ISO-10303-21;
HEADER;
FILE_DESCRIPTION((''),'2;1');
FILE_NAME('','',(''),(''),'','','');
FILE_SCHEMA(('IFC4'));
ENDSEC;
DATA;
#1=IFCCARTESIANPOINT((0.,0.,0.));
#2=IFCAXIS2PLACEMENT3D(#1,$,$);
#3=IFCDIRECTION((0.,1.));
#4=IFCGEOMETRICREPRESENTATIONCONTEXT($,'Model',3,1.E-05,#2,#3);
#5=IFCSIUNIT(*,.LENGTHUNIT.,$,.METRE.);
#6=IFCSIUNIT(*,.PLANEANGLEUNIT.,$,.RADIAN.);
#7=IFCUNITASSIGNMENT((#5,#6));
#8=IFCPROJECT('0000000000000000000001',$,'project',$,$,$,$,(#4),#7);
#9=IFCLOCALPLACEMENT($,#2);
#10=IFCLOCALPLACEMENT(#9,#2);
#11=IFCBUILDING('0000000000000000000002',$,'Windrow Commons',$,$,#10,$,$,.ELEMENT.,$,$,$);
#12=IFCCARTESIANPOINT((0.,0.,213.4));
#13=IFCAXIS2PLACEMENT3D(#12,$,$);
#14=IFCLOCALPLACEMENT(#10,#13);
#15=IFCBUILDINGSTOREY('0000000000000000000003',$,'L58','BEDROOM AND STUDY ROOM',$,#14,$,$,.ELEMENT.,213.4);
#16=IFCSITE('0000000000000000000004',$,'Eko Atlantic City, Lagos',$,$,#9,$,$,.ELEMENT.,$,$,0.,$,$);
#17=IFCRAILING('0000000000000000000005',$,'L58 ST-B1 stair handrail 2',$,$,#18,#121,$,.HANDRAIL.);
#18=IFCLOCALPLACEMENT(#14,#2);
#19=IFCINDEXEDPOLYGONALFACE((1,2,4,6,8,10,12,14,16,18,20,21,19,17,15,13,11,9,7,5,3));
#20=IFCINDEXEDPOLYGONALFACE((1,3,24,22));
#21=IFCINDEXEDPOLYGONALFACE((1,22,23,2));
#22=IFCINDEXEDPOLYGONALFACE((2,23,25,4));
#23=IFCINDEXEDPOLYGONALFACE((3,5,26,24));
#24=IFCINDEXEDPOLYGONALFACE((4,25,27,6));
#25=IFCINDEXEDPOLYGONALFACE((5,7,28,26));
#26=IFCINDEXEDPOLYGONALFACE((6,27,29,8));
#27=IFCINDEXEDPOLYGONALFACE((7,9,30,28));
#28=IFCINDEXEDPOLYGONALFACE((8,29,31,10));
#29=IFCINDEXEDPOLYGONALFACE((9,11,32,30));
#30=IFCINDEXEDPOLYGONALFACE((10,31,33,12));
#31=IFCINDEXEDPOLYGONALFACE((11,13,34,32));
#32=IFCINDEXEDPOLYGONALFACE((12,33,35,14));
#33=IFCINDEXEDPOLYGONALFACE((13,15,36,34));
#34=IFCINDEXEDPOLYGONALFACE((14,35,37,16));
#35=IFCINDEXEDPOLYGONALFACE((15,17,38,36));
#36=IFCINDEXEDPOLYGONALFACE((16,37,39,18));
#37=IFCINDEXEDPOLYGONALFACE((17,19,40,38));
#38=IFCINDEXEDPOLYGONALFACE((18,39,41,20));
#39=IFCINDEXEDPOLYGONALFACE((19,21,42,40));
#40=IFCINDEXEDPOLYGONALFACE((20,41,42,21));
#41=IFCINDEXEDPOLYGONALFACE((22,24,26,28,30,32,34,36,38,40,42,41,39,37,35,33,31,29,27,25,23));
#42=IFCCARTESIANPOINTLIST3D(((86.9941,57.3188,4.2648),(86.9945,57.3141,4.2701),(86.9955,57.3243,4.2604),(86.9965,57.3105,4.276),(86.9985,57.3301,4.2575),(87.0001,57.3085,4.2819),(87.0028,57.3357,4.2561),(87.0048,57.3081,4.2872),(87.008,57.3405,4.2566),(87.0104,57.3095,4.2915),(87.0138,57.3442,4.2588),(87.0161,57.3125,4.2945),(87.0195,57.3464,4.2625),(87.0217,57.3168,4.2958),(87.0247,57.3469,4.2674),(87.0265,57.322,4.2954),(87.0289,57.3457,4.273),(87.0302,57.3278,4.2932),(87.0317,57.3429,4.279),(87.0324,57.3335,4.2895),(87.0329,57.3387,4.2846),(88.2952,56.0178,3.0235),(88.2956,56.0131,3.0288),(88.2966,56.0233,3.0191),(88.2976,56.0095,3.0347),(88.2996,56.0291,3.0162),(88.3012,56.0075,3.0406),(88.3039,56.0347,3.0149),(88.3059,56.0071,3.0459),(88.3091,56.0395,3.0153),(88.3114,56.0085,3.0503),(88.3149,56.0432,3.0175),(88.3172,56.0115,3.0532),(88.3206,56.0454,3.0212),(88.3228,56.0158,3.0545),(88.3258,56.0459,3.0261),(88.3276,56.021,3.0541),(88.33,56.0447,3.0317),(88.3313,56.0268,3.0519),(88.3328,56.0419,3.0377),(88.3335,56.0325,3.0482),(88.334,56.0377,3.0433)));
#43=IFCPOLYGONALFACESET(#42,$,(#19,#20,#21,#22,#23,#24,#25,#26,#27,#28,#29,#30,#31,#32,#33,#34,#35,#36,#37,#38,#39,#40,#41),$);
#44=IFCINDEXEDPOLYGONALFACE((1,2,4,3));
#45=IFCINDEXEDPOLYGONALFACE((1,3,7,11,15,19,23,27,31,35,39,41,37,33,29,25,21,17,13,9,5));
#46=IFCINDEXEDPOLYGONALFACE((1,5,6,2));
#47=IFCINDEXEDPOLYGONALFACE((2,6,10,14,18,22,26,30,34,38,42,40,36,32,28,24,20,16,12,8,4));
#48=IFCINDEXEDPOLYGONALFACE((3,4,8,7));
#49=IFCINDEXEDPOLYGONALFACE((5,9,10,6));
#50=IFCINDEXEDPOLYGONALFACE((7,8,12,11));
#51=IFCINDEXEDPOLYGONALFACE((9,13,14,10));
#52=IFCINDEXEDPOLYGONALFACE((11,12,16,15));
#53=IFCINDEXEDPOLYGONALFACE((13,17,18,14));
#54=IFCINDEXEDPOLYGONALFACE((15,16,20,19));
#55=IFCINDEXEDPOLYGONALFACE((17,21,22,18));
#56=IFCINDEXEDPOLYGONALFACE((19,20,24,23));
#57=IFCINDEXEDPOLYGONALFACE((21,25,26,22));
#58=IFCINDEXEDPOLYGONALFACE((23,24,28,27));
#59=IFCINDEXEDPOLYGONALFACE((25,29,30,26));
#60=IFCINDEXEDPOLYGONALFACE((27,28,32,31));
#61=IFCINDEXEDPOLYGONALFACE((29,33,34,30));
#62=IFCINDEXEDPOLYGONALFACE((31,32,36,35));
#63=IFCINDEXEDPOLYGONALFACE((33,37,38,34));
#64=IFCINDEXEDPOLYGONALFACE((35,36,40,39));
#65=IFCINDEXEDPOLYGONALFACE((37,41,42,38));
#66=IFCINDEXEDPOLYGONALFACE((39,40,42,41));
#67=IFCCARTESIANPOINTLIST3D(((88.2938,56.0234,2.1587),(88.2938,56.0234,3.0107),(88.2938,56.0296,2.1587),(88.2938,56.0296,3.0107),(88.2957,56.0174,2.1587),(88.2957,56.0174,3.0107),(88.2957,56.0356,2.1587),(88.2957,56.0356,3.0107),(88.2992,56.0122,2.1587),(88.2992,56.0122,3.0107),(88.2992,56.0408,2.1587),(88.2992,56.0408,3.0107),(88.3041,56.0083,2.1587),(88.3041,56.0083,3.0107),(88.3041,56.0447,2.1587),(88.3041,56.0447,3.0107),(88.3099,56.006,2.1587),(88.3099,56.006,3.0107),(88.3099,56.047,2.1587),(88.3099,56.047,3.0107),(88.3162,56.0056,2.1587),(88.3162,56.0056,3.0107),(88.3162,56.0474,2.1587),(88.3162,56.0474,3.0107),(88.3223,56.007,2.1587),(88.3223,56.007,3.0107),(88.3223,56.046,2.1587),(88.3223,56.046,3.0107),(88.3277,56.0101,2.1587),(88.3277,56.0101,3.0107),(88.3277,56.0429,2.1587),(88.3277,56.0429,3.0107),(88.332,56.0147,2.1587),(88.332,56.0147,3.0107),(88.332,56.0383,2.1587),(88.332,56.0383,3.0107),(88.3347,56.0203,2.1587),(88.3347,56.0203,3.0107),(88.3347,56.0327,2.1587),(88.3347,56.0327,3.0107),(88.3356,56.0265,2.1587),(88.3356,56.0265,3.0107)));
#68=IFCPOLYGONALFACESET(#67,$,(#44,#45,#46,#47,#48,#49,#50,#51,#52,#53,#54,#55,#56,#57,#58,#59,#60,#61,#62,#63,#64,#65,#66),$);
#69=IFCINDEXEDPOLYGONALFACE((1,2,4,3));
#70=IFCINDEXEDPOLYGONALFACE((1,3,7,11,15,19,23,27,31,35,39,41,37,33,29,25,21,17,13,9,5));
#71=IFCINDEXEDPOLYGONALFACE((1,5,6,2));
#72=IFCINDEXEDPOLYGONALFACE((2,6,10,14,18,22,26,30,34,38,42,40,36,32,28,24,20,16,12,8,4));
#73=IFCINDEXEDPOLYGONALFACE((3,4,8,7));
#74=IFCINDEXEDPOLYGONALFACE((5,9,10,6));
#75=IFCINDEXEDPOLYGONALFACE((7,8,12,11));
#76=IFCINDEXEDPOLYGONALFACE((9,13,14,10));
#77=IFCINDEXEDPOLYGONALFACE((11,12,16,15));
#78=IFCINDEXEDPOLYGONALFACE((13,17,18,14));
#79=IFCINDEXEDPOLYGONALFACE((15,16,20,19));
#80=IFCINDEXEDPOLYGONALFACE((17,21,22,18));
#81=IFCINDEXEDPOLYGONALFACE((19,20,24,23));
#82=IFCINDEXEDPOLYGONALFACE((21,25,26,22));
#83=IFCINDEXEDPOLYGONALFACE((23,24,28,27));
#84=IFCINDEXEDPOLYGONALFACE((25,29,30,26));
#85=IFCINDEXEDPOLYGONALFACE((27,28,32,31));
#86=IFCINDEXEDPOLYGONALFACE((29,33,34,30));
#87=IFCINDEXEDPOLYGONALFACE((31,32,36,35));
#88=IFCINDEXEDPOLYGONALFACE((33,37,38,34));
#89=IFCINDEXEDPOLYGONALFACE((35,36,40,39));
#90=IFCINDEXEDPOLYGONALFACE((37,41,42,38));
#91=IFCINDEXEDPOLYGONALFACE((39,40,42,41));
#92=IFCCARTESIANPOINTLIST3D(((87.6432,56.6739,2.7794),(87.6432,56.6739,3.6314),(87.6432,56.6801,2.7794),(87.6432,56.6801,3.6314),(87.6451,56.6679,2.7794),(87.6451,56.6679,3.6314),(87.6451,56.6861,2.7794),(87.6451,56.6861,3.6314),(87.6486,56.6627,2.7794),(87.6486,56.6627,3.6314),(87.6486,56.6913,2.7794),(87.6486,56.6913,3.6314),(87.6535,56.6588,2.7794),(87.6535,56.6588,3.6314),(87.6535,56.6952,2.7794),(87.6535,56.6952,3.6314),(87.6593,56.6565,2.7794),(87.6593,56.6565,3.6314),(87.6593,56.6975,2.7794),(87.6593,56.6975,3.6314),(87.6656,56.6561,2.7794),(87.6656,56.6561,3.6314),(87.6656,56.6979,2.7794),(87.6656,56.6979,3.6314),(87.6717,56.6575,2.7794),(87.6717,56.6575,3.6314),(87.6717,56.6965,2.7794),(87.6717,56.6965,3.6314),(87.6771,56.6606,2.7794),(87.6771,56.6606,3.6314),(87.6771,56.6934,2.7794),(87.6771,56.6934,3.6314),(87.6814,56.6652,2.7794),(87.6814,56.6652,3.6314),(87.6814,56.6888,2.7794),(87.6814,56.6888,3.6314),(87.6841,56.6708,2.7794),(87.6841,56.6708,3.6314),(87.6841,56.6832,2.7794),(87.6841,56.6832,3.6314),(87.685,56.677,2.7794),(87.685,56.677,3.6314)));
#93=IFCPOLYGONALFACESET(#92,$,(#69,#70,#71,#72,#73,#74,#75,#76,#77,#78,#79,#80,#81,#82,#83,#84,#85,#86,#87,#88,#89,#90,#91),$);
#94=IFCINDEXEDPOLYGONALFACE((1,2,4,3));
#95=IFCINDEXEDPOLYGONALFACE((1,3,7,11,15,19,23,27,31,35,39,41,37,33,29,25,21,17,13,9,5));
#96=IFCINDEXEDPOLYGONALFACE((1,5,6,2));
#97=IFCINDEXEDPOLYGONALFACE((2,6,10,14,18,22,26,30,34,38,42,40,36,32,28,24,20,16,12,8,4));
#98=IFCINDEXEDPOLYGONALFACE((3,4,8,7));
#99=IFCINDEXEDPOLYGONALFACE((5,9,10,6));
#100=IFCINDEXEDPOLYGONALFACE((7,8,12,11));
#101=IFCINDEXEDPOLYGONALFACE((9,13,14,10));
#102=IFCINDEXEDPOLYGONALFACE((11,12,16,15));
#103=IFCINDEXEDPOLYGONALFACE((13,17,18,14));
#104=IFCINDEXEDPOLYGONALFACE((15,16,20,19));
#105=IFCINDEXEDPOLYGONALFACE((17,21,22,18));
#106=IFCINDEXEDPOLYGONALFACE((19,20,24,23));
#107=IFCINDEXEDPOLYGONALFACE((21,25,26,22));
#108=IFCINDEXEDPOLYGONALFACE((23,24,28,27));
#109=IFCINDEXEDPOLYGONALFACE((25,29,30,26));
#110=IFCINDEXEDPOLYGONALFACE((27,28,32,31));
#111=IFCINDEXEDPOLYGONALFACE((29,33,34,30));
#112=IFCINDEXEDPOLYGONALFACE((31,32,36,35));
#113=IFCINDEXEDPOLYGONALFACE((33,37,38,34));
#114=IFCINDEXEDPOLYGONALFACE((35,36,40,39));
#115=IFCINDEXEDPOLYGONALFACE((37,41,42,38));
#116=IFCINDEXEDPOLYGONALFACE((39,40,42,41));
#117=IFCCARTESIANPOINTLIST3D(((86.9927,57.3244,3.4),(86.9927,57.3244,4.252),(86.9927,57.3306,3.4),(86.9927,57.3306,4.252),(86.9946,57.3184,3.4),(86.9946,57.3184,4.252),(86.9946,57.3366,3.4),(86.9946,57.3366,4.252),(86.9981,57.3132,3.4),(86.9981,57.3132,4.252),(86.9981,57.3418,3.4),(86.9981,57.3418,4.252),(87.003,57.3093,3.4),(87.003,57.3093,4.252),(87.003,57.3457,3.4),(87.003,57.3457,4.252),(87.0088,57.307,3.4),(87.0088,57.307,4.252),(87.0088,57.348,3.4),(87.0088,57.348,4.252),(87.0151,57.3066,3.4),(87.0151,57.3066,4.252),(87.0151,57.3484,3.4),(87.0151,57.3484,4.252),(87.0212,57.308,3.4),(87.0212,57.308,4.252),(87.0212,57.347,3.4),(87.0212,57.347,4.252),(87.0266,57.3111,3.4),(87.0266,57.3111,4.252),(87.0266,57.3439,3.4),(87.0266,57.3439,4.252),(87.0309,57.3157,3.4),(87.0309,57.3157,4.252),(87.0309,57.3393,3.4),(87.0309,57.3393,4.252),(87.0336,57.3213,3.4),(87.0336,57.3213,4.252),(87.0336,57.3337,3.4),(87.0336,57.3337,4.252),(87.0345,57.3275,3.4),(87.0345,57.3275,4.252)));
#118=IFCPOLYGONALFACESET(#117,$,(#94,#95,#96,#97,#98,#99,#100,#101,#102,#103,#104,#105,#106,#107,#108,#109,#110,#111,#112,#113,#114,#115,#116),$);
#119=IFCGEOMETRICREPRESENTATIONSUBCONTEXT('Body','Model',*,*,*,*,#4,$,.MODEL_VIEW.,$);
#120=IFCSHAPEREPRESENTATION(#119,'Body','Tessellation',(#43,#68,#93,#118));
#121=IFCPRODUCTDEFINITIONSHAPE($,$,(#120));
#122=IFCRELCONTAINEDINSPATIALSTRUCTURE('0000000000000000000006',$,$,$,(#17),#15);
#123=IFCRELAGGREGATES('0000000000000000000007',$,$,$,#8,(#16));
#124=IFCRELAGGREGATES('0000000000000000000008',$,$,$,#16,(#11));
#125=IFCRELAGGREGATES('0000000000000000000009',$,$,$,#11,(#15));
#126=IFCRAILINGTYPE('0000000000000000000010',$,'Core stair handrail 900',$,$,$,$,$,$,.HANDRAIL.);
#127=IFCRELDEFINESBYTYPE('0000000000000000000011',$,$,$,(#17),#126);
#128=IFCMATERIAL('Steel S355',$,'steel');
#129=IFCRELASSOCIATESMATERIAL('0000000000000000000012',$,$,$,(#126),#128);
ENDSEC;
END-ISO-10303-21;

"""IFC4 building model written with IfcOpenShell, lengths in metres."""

from ifc_helpers import new_model, si_unit, direction, frame, origin, origin_2d, place, context, subcontext, project, spatial, circle, extrude, material, type_object, element, save


model = new_model("IFC4")

# Units and contexts
model_context = context("Model", 3, precision=1e-05, world=origin(), true_north=direction((0.0, 1.0)))
body_context = subcontext(model_context, "Body", "Model", "MODEL_VIEW")
ifc_project = project(units=[si_unit("LENGTHUNIT", "METRE"), si_unit("PLANEANGLEUNIT", "RADIAN")], contexts=[model_context])

# Site, building, storey
site_placement = place(None, origin())
site = spatial("IfcSite", under=ifc_project, at=site_placement, Name="Eko Atlantic City, Lagos", CompositionType="ELEMENT", RefElevation=0.0)
building_placement = place(site_placement, origin())
building = spatial("IfcBuilding", under=site, at=building_placement, Name="Windrow Commons", CompositionType="ELEMENT")
storey_placement = place(building_placement, frame((0.0, 0.0, 213.4)))
storey = spatial("IfcBuildingStorey", under=building, at=storey_placement, Name="L58", Description="BEDROOM AND STUDY ROOM", CompositionType="ELEMENT", Elevation=213.4)

# Railing
ifc_material_1 = material(Name="Steel S355", Category="steel")
railing_type_1 = type_object("IfcRailingType", Name="Core stair handrail 900", PredefinedType="HANDRAIL", material=ifc_material_1)
railing_1_placement = place(storey_placement, frame((88.3146, 56.0265, 2.1587)))
element("IfcRailing", 1, at=railing_1_placement, inside=storey, type_object=railing_type_1, Name="L58 ST-B1 stair handrail 2", PredefinedType="HANDRAIL", context=body_context, shape_type="SweptSolid", body=[
    extrude(circle(Radius=0.024, at=origin_2d()), frame((0.0, 0.0, 0.876), z_axis=(-0.586207, 0.586162, 0.559264), x_axis=(-0.70708, -0.707134, 0.0)), (0.0, 0.0, 1.0), 2.2195),
    extrude(circle(Radius=0.021, at=origin_2d()), origin(), (0.0, 0.0, 1.0), 0.852),
    extrude(circle(Radius=0.021, at=origin_2d()), frame((-0.6506, 0.6505, 0.6207)), (0.0, 0.0, 1.0), 0.852),
    extrude(circle(Radius=0.021, at=origin_2d()), frame((-1.3011, 1.301, 1.2413)), (0.0, 0.0, 1.0), 0.852),
])

save(model, "model.ifc")
